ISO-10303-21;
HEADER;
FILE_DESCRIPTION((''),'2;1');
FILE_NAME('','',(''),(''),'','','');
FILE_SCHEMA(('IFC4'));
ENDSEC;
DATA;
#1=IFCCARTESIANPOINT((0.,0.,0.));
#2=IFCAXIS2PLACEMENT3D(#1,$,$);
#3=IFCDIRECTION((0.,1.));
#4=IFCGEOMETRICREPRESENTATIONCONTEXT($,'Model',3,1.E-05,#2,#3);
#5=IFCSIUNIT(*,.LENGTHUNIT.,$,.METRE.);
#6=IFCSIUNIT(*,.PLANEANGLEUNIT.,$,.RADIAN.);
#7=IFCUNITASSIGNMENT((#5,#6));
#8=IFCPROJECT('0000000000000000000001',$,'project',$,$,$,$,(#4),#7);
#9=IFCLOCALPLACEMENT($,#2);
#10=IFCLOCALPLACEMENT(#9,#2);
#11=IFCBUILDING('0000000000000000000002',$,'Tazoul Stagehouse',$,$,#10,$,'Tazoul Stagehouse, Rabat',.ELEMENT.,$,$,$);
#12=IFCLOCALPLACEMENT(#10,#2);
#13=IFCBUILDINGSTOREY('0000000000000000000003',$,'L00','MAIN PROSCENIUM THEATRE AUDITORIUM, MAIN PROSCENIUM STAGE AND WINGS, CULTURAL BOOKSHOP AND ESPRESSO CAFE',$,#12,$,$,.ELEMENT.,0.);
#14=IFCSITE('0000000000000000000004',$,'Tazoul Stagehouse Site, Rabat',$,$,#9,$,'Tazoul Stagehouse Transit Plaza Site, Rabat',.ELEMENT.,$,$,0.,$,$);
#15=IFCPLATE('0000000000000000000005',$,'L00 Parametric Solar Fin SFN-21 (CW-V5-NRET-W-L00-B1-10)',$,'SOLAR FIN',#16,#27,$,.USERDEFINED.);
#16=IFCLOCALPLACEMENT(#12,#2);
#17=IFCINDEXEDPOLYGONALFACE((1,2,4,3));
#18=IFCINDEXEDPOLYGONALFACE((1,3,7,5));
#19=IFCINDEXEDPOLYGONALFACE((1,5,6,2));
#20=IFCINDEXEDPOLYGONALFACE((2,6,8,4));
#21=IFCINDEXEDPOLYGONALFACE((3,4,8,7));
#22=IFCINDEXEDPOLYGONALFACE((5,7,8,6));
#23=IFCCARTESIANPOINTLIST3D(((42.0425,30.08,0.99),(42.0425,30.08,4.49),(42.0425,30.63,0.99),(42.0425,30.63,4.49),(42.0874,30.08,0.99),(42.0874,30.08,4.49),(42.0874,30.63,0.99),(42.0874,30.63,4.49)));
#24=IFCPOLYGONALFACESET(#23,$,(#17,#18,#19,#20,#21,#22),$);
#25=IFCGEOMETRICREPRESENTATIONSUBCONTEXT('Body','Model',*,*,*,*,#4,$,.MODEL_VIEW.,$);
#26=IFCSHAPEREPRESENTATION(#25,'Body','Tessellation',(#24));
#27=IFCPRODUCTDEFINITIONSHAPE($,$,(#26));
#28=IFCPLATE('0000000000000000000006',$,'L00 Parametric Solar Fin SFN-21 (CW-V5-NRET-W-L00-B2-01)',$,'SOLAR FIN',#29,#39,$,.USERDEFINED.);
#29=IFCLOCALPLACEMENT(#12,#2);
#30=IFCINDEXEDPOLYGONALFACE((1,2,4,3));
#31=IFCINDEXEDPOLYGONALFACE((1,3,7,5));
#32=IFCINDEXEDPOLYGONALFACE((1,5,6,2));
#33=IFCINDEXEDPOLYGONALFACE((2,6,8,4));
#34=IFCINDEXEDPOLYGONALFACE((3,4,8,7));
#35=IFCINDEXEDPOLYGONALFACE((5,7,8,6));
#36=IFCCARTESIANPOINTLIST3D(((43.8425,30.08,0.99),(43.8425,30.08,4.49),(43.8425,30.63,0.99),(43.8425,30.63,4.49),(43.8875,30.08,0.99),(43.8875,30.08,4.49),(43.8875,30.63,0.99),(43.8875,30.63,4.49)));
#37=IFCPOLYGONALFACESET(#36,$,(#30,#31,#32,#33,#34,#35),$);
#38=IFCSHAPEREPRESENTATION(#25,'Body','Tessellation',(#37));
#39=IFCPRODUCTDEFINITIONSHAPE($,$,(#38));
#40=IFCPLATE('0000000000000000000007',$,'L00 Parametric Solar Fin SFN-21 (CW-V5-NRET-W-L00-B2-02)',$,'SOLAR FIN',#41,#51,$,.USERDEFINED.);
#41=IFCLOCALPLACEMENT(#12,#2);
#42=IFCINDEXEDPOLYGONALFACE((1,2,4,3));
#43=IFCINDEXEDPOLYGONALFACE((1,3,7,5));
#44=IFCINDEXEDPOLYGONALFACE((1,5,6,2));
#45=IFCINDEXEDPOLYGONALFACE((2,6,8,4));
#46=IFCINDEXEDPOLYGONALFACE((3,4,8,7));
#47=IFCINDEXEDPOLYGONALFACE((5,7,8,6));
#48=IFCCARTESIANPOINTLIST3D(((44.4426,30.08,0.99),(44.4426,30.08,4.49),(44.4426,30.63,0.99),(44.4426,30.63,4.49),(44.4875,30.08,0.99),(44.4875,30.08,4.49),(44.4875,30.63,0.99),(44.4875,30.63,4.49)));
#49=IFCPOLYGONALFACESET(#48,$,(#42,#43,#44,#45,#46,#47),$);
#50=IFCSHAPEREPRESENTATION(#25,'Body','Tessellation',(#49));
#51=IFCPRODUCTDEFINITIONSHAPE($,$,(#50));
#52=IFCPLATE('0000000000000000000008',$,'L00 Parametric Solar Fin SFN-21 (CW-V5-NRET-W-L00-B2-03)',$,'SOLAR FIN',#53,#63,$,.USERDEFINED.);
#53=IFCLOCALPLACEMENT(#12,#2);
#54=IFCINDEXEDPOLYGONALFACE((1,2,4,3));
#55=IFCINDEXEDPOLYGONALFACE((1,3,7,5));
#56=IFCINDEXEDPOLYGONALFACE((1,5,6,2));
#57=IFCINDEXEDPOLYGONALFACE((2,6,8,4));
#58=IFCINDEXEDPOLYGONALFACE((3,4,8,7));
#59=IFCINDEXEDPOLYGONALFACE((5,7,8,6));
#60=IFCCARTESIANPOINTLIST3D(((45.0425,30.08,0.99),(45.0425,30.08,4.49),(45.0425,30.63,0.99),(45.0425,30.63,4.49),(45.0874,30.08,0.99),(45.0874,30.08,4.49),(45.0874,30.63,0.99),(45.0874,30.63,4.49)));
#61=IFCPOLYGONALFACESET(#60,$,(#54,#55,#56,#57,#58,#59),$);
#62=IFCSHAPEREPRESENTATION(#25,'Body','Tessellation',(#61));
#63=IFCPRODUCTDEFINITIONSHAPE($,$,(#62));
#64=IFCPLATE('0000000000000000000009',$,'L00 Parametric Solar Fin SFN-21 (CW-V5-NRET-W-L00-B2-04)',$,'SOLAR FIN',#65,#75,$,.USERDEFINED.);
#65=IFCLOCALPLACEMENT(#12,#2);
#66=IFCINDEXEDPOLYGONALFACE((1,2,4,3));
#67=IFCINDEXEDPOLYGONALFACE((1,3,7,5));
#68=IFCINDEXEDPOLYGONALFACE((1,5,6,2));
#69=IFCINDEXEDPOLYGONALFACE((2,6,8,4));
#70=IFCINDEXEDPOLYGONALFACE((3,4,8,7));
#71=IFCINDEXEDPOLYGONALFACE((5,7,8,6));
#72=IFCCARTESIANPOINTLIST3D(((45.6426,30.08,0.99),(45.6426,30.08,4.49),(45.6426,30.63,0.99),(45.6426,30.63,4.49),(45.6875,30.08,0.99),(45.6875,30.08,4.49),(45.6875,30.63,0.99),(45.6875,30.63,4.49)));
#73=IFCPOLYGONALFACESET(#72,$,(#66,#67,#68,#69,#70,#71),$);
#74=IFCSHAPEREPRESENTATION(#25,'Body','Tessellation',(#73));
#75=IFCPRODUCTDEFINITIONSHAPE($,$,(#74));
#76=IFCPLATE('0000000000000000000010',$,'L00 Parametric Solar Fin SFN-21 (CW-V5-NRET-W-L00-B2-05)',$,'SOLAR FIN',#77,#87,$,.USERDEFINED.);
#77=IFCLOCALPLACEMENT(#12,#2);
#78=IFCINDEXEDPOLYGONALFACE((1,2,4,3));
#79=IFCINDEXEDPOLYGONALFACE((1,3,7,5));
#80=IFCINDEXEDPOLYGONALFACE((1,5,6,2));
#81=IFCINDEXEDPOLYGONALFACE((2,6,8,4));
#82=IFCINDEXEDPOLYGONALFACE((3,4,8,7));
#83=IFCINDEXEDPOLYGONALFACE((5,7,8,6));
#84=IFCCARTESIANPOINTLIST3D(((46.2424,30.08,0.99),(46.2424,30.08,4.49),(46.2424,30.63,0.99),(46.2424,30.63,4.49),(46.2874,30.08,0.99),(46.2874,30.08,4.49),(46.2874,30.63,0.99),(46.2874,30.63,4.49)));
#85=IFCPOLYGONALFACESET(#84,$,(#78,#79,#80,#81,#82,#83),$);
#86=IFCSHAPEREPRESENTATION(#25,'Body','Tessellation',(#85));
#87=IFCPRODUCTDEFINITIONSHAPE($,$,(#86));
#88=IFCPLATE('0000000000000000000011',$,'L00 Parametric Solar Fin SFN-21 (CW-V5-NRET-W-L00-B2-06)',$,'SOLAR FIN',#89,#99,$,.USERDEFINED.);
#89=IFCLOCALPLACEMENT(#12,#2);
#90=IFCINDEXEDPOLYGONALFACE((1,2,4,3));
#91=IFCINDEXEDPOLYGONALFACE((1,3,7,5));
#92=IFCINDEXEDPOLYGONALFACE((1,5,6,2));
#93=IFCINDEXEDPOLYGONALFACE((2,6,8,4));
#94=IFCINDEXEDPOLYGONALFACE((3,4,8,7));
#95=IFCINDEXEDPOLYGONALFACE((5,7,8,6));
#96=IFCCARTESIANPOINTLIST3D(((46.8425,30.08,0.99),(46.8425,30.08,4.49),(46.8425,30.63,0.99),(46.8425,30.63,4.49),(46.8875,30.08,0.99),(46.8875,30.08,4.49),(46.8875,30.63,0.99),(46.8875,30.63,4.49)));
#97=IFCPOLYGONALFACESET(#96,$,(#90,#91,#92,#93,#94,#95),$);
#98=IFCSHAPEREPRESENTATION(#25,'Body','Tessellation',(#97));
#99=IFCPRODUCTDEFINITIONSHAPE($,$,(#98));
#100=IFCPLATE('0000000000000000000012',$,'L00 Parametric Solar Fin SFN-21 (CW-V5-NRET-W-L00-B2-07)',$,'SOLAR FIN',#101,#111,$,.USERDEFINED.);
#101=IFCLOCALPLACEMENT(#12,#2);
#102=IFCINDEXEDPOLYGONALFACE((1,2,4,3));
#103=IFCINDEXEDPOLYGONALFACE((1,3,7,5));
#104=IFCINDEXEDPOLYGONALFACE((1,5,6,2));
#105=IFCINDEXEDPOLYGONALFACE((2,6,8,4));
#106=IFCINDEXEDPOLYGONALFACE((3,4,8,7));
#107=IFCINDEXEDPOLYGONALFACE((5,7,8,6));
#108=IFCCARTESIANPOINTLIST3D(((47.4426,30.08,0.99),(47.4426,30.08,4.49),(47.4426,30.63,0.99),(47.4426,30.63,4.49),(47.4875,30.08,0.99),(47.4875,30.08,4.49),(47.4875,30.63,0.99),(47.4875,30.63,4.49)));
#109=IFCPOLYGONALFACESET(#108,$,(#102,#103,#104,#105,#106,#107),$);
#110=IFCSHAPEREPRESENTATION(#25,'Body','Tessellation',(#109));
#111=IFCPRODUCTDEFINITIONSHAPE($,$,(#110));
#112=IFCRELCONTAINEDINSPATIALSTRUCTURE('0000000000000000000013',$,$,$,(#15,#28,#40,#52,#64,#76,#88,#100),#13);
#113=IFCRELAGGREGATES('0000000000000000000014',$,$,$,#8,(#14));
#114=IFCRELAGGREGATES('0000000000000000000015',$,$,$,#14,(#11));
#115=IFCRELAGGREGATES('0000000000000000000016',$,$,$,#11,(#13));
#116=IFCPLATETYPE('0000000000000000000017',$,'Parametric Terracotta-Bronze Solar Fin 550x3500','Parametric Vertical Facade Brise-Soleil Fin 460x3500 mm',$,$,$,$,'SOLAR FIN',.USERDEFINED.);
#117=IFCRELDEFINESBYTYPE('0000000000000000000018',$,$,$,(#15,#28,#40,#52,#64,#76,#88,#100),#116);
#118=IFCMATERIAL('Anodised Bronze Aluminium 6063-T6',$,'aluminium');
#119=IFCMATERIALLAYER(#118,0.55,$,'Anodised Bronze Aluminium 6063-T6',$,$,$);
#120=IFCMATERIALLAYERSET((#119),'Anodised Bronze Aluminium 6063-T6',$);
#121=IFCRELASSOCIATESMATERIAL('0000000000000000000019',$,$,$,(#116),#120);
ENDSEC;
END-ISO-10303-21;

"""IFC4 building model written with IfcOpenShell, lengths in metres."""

from ifc_helpers import new_model, si_unit, direction, frame, origin, origin_2d, place, context, subcontext, project, spatial, rectangle, extrude, material, layer, layer_set, type_object, element, save


model = new_model("IFC4")

# Units and contexts
model_context = context("Model", 3, precision=1e-05, world=origin(), true_north=direction((0.0, 1.0)))
body_context = subcontext(model_context, "Body", "Model", "MODEL_VIEW")
ifc_project = project(units=[si_unit("LENGTHUNIT", "METRE"), si_unit("PLANEANGLEUNIT", "RADIAN")], contexts=[model_context])

# Site, building, storey
site_placement = place(None, origin())
site = spatial("IfcSite", under=ifc_project, at=site_placement, Name="Tazoul Stagehouse Site, Rabat", LongName="Tazoul Stagehouse Transit Plaza Site, Rabat", CompositionType="ELEMENT", RefElevation=0.0)
building_placement = place(site_placement, origin())
building = spatial("IfcBuilding", under=site, at=building_placement, Name="Tazoul Stagehouse", LongName="Tazoul Stagehouse, Rabat", CompositionType="ELEMENT")
storey_placement = place(building_placement, origin())
storey = spatial("IfcBuildingStorey", under=building, at=storey_placement, Name="L00", Description="MAIN PROSCENIUM THEATRE AUDITORIUM, MAIN PROSCENIUM STAGE AND WINGS, CULTURAL BOOKSHOP AND ESPRESSO CAFE", CompositionType="ELEMENT", Elevation=0.0)

# Plates
ifc_material = material(Name="Anodised Bronze Aluminium 6063-T6", Category="aluminium")
ifc_layer = layer(ifc_material, 0.55, Name="Anodised Bronze Aluminium 6063-T6")
ifc_layer_set = layer_set([ifc_layer], Name="Anodised Bronze Aluminium 6063-T6")
plate_type = type_object("IfcPlateType", Name="Parametric Terracotta-Bronze Solar Fin 550x3500", Description="Parametric Vertical Facade Brise-Soleil Fin 460x3500 mm", ElementType="SOLAR FIN", PredefinedType="USERDEFINED", material=ifc_layer_set)
for number, where, z_axis, x_axis, name in (
    (1, (42.0649, 30.355, 0.99), (0.0, 0.0, 1.0), (1.0, 0.0, 0.0), "L00 Parametric Solar Fin SFN-21 (CW-V5-NRET-W-L00-B1-10)"),
    (2, (43.865, 30.355, 0.99), (0.0, 0.0, 1.0), (1.0, 0.0, 0.0), "L00 Parametric Solar Fin SFN-21 (CW-V5-NRET-W-L00-B2-01)"),
    (3, (44.4651, 30.355, 0.99), (0.0, 0.0, 1.0), (1.0, 0.0, 0.0), "L00 Parametric Solar Fin SFN-21 (CW-V5-NRET-W-L00-B2-02)"),
    (4, (45.0649, 30.355, 0.99), (0.0, 0.0, 1.0), (1.0, 0.0, 0.0), "L00 Parametric Solar Fin SFN-21 (CW-V5-NRET-W-L00-B2-03)"),
    (5, (45.665, 30.355, 0.99), (0.0, 0.0, 1.0), (1.0, 0.0, 0.0), "L00 Parametric Solar Fin SFN-21 (CW-V5-NRET-W-L00-B2-04)"),
    (6, (46.2649, 30.355, 0.99), (0.0, 0.0, 1.0), (1.0, 0.0, 0.0), "L00 Parametric Solar Fin SFN-21 (CW-V5-NRET-W-L00-B2-05)"),
    (7, (46.865, 30.355, 0.99), (0.0, 0.0, 1.0), (1.0, 0.0, 0.0), "L00 Parametric Solar Fin SFN-21 (CW-V5-NRET-W-L00-B2-06)"),
    (8, (47.4651, 30.355, 0.99), (0.0, 0.0, 1.0), (1.0, 0.0, 0.0), "L00 Parametric Solar Fin SFN-21 (CW-V5-NRET-W-L00-B2-07)"),
):
    element("IfcPlate", number, at=place(storey_placement, frame(where, z_axis=z_axis, x_axis=x_axis)), inside=storey, type_object=plate_type, Name=name, ObjectType="SOLAR FIN", PredefinedType="USERDEFINED", context=body_context, shape_type="SweptSolid", body=[
        extrude(rectangle(XDim=0.0449, YDim=0.55, at=origin_2d()), origin(), (0.0, 0.0, 1.0), 3.5),
    ])

save(model, "model.ifc")
